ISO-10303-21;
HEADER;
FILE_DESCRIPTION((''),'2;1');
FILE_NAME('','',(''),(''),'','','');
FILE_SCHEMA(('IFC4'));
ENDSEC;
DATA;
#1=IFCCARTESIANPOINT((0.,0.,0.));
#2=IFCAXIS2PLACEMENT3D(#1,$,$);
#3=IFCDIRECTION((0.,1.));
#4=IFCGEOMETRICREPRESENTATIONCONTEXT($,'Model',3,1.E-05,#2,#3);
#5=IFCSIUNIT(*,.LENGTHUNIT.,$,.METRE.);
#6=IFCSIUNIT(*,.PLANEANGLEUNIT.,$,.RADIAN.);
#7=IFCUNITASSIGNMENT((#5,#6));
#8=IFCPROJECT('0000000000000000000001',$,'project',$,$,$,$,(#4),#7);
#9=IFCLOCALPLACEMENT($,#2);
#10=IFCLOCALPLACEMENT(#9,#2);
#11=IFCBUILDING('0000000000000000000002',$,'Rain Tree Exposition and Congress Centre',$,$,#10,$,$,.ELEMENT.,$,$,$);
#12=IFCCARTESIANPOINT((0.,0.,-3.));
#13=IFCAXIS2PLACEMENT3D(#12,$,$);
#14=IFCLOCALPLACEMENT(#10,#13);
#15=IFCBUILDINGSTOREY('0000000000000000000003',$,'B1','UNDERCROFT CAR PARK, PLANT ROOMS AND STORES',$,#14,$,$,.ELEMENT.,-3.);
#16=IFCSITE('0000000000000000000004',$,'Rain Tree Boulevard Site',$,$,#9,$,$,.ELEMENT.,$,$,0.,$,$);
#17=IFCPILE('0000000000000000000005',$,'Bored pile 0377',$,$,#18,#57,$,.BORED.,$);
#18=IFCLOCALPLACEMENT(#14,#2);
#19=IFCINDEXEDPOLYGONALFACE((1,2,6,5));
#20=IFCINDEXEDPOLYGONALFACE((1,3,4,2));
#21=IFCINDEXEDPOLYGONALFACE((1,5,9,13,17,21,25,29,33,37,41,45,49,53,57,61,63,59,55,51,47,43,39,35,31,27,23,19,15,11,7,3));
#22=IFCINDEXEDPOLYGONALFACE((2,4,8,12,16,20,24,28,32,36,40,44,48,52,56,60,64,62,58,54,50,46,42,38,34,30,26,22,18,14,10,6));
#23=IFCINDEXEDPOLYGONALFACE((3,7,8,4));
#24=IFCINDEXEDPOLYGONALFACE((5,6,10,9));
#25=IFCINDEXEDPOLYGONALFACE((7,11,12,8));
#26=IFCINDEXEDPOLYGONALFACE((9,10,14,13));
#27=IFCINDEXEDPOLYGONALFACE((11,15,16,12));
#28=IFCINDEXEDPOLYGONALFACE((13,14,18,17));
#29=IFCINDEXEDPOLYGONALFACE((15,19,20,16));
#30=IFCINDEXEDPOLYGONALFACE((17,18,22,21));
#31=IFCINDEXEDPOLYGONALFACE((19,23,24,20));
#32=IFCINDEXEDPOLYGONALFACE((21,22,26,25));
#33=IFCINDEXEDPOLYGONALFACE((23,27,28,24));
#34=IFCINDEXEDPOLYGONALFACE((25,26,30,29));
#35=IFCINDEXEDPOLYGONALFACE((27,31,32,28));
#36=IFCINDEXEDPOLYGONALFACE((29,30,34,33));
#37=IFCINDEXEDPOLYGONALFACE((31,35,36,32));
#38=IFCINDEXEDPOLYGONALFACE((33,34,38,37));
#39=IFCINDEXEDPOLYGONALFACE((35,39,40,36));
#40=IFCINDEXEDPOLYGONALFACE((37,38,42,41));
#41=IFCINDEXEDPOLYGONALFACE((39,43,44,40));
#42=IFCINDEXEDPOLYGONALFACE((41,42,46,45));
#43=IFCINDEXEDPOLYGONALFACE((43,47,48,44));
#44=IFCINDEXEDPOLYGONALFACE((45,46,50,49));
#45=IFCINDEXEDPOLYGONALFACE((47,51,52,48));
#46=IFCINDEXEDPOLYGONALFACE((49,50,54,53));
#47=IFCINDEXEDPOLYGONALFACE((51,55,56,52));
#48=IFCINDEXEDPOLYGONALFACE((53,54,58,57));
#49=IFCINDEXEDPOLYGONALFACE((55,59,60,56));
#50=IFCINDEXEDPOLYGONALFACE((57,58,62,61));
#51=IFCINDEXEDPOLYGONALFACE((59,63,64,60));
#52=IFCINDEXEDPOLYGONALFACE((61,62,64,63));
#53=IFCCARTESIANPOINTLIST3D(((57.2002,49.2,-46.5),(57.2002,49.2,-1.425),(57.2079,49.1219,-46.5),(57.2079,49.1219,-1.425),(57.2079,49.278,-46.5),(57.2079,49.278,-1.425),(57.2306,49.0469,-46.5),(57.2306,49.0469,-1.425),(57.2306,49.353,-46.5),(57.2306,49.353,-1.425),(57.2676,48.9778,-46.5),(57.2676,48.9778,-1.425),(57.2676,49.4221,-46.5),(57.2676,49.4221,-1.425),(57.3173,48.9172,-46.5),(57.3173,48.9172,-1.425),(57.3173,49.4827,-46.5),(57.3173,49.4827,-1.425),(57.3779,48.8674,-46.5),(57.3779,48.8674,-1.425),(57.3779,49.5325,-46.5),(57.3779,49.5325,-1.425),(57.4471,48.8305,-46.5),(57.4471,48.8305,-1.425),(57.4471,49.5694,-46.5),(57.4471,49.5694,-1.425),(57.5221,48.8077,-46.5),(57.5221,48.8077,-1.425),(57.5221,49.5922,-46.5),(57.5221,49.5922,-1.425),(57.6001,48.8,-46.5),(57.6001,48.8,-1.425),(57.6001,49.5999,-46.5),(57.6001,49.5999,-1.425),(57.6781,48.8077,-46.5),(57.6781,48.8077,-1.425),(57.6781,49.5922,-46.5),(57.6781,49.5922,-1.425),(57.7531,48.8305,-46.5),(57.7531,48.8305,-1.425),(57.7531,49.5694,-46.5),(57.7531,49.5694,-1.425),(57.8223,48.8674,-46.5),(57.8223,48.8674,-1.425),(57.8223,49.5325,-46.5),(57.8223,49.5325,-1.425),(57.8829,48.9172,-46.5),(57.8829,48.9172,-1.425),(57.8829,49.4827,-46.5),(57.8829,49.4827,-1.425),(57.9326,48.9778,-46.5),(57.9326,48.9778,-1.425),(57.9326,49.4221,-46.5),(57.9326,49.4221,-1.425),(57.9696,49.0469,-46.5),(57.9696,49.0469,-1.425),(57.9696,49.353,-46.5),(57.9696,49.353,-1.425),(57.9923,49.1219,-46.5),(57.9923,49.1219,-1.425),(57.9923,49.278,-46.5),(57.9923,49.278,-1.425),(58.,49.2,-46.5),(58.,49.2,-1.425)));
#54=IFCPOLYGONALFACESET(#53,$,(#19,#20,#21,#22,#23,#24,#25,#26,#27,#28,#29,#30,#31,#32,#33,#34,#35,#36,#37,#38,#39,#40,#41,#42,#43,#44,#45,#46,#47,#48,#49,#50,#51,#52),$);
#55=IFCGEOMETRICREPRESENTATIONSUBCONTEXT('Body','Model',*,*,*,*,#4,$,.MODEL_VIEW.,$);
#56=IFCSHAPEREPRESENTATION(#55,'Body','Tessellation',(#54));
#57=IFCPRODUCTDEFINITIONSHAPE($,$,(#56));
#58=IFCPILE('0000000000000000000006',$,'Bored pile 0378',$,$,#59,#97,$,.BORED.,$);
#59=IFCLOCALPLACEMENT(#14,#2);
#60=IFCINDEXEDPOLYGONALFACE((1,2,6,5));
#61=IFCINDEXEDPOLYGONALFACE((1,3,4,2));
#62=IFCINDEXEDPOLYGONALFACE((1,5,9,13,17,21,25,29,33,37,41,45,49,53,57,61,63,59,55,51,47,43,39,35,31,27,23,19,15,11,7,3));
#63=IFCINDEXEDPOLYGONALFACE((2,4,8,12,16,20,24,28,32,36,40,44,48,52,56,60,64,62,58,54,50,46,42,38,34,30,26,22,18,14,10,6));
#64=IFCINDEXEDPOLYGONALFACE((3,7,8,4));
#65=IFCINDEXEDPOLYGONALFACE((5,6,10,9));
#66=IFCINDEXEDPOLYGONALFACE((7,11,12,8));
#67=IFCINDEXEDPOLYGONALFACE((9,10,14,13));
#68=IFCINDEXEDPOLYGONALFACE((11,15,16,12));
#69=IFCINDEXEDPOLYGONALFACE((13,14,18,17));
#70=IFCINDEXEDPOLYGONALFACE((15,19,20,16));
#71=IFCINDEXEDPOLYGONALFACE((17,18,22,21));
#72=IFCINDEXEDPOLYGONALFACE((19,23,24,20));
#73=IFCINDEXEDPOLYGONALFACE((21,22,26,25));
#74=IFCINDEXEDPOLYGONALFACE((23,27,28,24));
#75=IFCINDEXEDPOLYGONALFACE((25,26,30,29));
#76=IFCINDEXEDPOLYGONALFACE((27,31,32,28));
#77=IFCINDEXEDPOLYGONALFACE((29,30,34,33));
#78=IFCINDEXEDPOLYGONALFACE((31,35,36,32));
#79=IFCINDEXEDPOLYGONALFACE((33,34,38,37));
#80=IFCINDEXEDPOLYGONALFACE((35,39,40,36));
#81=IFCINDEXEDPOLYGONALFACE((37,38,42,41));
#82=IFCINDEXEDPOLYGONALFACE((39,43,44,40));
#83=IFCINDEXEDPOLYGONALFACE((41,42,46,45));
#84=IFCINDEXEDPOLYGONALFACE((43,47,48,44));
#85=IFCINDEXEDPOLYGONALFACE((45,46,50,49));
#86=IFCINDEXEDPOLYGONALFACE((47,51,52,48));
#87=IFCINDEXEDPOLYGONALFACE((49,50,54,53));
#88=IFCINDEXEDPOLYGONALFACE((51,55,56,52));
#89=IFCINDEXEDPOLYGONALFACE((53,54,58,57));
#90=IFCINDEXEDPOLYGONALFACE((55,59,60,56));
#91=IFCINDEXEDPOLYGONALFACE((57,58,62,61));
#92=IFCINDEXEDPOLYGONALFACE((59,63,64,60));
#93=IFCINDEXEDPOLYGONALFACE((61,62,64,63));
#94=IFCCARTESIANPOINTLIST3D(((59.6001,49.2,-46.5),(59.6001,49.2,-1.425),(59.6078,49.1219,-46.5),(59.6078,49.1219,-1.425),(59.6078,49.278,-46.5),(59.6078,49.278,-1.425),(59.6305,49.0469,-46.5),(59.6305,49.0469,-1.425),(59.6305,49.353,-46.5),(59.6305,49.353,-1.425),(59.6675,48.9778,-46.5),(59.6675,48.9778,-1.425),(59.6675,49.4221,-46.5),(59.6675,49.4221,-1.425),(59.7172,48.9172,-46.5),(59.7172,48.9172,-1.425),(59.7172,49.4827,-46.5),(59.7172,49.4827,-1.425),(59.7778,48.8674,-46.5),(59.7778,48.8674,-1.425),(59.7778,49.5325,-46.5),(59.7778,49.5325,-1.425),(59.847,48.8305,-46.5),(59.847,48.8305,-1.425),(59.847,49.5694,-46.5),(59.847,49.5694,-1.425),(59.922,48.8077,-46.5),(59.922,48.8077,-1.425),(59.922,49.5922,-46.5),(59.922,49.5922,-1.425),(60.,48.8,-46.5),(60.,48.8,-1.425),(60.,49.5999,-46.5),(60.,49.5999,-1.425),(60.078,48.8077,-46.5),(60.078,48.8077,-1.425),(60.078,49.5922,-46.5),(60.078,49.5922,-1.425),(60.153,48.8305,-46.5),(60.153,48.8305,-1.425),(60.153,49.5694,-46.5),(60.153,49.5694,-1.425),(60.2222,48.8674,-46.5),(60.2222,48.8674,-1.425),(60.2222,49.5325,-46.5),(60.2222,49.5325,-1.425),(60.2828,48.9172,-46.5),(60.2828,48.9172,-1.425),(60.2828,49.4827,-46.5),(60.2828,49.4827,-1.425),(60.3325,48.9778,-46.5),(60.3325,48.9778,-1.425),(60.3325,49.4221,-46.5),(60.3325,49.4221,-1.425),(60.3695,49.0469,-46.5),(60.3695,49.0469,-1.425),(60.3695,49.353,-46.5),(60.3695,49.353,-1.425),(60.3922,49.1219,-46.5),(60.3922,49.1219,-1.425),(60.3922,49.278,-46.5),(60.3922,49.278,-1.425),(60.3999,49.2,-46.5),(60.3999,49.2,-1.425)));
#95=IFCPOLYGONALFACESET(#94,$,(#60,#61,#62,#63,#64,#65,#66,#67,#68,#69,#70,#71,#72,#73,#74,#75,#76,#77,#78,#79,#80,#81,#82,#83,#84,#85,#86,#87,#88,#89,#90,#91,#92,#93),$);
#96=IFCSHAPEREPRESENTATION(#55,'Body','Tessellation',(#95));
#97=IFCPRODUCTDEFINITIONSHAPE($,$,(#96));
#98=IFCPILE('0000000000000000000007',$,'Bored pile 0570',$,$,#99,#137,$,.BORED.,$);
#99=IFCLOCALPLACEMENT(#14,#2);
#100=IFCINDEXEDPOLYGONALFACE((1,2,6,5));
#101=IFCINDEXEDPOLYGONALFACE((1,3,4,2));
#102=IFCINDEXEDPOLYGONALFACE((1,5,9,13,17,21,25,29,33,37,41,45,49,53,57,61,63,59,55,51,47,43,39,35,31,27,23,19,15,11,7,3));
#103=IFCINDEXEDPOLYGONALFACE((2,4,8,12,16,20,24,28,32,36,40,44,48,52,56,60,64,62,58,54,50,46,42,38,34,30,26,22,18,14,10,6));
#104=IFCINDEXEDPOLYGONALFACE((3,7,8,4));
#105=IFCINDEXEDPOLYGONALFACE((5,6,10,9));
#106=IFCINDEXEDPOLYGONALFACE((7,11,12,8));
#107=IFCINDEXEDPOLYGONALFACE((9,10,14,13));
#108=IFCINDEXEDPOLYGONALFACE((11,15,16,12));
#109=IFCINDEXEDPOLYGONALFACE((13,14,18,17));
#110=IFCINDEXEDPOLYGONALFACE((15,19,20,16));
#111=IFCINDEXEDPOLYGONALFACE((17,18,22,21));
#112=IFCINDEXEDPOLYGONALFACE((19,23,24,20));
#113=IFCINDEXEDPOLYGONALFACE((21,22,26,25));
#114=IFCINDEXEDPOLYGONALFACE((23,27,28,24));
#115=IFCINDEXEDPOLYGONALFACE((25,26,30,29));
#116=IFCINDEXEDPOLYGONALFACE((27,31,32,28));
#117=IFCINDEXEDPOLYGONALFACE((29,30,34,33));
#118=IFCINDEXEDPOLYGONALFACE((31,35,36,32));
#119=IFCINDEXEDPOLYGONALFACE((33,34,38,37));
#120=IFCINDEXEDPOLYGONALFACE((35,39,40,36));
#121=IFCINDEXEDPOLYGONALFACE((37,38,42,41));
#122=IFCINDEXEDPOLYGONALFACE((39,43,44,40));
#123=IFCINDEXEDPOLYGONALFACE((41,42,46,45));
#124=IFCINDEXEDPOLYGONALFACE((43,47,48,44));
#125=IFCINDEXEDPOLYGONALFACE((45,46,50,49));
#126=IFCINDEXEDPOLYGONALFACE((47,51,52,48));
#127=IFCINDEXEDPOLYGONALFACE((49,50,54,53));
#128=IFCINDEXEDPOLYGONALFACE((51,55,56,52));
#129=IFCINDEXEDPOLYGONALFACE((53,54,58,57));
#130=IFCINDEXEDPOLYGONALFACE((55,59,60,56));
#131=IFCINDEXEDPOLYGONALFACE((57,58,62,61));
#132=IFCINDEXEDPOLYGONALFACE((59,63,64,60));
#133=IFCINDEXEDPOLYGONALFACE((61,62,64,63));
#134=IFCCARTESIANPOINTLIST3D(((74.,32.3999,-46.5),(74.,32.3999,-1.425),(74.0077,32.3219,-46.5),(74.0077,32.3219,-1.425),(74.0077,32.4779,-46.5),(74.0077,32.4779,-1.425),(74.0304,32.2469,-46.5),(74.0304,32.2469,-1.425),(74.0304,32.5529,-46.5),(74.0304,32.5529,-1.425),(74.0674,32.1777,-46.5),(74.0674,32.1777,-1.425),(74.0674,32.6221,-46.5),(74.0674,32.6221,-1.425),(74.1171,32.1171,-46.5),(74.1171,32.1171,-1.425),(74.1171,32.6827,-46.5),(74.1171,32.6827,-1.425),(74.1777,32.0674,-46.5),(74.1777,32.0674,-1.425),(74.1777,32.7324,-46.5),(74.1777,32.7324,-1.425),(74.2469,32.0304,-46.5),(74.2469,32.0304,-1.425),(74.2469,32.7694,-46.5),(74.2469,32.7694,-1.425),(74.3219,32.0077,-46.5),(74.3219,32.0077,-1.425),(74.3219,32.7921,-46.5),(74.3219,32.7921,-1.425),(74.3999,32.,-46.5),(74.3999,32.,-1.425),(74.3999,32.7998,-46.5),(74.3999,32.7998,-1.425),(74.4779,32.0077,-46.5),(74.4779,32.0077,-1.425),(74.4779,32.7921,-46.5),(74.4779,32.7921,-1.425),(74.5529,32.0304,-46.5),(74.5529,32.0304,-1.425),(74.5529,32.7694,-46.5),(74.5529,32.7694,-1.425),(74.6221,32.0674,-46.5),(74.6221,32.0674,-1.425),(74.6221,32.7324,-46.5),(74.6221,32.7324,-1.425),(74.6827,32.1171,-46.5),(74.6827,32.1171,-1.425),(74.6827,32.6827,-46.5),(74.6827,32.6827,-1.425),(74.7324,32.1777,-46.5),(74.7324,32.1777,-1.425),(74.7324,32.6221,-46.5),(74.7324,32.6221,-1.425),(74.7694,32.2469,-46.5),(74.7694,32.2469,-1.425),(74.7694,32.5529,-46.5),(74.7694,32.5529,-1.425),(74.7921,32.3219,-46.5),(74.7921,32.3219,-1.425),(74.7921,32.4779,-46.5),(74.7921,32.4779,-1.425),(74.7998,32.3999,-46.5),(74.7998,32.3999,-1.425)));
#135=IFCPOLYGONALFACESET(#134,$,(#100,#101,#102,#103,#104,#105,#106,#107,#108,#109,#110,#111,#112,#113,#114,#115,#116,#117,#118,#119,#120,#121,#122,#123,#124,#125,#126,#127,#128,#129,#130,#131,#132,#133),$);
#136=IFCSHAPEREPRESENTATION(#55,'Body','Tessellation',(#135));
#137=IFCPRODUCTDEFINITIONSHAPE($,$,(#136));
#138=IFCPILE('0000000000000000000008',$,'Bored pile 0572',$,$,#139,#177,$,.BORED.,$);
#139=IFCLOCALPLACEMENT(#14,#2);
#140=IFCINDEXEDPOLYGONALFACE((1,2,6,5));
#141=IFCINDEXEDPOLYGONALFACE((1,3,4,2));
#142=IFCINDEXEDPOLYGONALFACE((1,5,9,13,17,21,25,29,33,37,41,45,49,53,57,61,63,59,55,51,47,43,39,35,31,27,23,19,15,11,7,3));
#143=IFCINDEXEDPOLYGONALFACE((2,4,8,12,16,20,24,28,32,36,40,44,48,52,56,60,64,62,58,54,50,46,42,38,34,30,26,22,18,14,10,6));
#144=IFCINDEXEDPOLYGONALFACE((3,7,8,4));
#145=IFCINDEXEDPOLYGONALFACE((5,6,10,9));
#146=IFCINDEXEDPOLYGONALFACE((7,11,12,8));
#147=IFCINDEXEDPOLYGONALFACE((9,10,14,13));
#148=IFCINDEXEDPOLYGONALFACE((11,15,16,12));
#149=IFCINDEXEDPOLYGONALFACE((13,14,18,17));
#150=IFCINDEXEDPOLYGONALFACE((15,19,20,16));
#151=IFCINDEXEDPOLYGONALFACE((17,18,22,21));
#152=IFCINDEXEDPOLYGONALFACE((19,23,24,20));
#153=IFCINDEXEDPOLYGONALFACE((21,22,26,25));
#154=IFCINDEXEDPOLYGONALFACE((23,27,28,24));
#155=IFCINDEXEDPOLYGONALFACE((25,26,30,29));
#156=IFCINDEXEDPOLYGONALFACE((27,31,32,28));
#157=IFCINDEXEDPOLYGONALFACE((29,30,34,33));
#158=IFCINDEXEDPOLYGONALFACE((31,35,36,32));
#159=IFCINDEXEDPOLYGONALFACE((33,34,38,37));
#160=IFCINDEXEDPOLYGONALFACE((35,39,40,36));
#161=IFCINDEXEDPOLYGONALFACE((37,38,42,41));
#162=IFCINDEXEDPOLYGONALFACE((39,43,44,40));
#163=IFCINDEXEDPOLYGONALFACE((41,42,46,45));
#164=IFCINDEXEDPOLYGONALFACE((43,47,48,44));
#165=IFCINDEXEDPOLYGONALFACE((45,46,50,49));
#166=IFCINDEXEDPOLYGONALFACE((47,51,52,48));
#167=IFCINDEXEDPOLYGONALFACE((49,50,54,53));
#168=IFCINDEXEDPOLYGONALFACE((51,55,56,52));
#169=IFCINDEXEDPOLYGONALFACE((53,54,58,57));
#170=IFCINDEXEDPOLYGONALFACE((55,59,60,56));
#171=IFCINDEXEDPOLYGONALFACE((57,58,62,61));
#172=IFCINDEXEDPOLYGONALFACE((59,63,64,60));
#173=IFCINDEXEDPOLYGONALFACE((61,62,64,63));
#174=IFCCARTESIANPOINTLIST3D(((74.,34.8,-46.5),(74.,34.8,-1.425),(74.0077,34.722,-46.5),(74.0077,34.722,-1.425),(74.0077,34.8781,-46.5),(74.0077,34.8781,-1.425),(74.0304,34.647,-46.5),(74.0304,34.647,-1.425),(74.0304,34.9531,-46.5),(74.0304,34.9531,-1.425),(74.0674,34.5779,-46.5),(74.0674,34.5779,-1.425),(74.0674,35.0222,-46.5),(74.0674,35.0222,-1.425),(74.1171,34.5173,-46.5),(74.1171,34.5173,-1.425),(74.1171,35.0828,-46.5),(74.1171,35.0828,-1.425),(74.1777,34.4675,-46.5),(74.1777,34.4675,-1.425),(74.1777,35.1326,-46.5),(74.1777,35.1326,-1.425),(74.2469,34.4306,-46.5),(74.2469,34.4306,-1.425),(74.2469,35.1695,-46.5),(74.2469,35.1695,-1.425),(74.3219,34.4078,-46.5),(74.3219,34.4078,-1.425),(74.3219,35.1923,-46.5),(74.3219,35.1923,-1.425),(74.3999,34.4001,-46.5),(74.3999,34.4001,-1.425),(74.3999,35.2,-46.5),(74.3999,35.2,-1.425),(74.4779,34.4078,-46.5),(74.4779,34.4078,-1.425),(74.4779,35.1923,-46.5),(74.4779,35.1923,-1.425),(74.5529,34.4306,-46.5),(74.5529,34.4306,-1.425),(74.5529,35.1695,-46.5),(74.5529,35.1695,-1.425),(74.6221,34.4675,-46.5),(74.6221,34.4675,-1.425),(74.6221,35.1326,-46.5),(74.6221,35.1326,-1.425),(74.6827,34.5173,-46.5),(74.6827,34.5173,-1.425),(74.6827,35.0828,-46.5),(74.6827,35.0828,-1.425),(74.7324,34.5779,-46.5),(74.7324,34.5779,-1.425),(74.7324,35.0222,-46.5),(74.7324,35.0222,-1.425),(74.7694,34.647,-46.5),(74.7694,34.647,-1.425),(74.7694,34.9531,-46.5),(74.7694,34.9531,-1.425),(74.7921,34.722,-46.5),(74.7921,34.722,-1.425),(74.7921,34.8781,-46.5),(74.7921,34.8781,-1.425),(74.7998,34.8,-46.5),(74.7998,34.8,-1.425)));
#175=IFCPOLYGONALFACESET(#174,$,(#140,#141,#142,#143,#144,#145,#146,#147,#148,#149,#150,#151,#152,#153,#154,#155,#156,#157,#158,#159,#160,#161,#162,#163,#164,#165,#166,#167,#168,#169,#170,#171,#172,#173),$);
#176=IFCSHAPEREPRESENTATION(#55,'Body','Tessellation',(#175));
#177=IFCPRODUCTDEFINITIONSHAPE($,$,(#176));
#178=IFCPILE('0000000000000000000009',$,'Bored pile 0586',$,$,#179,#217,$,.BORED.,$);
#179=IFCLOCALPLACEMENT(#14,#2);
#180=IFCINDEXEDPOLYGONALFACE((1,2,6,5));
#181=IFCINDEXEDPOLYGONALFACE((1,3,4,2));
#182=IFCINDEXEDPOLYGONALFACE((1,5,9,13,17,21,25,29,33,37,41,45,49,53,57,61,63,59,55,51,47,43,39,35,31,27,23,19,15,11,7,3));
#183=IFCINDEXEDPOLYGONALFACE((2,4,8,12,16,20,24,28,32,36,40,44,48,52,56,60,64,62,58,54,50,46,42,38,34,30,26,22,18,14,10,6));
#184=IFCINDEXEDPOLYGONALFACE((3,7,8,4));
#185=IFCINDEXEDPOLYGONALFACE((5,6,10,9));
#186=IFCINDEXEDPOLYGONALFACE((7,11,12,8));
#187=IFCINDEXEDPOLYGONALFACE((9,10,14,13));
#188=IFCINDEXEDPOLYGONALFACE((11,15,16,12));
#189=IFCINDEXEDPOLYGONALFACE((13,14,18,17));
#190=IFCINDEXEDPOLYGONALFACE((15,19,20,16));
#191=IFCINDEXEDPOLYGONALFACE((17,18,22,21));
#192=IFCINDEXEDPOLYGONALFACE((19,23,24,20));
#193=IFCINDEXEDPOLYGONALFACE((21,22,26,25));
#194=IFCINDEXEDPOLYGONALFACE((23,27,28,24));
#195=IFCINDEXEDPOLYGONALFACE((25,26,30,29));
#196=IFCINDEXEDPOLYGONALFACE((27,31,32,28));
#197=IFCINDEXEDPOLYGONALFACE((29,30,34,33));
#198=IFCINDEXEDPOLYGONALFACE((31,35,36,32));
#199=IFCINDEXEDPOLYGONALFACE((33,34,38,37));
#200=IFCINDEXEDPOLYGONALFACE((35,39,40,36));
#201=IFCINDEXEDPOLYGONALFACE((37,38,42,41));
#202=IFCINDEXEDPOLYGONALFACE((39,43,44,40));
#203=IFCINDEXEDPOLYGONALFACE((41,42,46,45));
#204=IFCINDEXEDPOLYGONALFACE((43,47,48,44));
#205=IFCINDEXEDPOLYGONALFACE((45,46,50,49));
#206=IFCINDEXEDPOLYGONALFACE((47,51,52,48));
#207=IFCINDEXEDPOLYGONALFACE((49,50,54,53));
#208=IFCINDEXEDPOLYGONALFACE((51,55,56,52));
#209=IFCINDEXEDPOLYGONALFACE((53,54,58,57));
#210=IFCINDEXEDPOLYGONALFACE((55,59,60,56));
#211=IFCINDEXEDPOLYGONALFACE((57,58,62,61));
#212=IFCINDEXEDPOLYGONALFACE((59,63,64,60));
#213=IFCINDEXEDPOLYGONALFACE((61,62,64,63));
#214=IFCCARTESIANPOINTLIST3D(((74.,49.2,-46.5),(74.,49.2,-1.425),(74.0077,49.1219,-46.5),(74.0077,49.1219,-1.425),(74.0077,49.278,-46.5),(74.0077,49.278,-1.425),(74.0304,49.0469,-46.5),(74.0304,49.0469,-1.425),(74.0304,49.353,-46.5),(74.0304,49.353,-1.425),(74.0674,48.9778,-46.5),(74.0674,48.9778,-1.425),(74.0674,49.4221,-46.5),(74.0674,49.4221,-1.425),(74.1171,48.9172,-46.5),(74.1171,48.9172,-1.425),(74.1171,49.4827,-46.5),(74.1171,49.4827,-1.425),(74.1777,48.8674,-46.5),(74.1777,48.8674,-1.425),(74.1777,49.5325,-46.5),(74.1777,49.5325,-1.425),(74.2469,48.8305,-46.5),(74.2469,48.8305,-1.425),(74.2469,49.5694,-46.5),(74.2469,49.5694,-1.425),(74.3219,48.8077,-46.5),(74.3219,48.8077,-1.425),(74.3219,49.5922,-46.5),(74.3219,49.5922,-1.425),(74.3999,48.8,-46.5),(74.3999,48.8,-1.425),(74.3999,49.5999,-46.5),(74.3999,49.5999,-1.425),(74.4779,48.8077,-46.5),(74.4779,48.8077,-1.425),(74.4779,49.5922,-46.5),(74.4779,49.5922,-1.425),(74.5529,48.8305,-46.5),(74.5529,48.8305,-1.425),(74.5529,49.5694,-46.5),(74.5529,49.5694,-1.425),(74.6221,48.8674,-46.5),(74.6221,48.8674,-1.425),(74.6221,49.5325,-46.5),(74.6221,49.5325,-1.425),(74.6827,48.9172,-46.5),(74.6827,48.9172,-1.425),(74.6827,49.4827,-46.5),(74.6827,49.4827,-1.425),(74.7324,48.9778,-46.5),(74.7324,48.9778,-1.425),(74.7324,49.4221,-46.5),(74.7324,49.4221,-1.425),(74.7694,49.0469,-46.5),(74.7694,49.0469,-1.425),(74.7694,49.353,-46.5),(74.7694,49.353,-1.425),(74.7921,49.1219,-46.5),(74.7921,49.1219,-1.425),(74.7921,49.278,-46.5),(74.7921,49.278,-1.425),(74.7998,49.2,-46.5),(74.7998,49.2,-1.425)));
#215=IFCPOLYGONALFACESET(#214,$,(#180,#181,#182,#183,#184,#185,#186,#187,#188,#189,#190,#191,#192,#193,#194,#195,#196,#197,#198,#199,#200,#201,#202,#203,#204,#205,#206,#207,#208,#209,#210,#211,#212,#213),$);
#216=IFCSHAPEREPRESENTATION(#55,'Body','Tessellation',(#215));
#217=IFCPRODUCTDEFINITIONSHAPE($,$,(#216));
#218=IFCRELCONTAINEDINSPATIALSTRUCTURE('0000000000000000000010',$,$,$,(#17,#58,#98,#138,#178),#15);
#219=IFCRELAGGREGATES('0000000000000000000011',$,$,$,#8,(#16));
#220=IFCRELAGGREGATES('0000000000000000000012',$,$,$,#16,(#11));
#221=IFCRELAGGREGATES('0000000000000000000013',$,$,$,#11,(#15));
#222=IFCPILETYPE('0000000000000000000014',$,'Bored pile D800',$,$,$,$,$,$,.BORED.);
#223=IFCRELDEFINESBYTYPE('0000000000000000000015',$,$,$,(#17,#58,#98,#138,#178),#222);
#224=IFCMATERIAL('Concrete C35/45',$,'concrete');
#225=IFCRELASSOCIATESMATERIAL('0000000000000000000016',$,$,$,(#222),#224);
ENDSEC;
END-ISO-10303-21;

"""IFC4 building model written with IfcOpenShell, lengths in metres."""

from ifc_helpers import new_model, si_unit, direction, frame, origin, origin_2d, place, context, subcontext, project, spatial, circle, extrude, material, material_profile, profile_set, type_object, element, save


model = new_model("IFC4")

# Units and contexts
model_context = context("Model", 3, precision=1e-05, world=origin(), true_north=direction((0.0, 1.0)))
body_context = subcontext(model_context, "Body", "Model", "MODEL_VIEW")
ifc_project = project(units=[si_unit("LENGTHUNIT", "METRE"), si_unit("PLANEANGLEUNIT", "RADIAN")], contexts=[model_context])

# Site, building, storey
site_placement = place(None, origin())
site = spatial("IfcSite", under=ifc_project, at=site_placement, Name="Rain Tree Boulevard Site", CompositionType="ELEMENT", RefElevation=0.0)
building_placement = place(site_placement, origin())
building = spatial("IfcBuilding", under=site, at=building_placement, Name="Rain Tree Exposition and Congress Centre", CompositionType="ELEMENT")
storey_placement = place(building_placement, frame((0.0, 0.0, -3.0)))
storey = spatial("IfcBuildingStorey", under=building, at=storey_placement, Name="B1", Description="UNDERCROFT CAR PARK, PLANT ROOMS AND STORES", CompositionType="ELEMENT", Elevation=-3.0)

# Piles
ifc_material_1 = material(Name="Concrete C35/45", Category="concrete")
ifc_material_profile_1 = material_profile(ifc_material_1, circle(Radius=0.3999, at=origin_2d()), Name="D800")
ifc_profile_set_1 = profile_set([ifc_material_profile_1], Name="Concrete C35/45")
pile_type = type_object("IfcPileType", Name="Bored pile D800", PredefinedType="BORED", material=ifc_profile_set_1)
for number, where, z_axis, x_axis, name in (
    (1, (57.6001, 49.2, -1.425), (0.0, 0.0, -1.0), (1.0, 0.0, 0.0), "Bored pile 0377"),
    (2, (60.0, 49.2, -1.425), (0.0, 0.0, -1.0), (1.0, 0.0, 0.0), "Bored pile 0378"),
    (3, (74.3999, 32.3999, -1.425), (0.0, 0.0, -1.0), (1.0, 0.0, 0.0), "Bored pile 0570"),
    (4, (74.3999, 34.8, -1.425), (0.0, 0.0, -1.0), (1.0, 0.0, 0.0), "Bored pile 0572"),
    (5, (74.3999, 49.2, -1.425), (0.0, 0.0, -1.0), (1.0, 0.0, 0.0), "Bored pile 0586"),
):
    element("IfcPile", number, at=place(storey_placement, frame(where, z_axis=z_axis, x_axis=x_axis)), inside=storey, type_object=pile_type, Name=name, PredefinedType="BORED", context=body_context, shape_type="SweptSolid", body=[
        extrude(circle(Radius=0.3999, at=origin_2d()), origin(), (0.0, 0.0, 1.0), 45.075),
    ])

save(model, "model.ifc")
